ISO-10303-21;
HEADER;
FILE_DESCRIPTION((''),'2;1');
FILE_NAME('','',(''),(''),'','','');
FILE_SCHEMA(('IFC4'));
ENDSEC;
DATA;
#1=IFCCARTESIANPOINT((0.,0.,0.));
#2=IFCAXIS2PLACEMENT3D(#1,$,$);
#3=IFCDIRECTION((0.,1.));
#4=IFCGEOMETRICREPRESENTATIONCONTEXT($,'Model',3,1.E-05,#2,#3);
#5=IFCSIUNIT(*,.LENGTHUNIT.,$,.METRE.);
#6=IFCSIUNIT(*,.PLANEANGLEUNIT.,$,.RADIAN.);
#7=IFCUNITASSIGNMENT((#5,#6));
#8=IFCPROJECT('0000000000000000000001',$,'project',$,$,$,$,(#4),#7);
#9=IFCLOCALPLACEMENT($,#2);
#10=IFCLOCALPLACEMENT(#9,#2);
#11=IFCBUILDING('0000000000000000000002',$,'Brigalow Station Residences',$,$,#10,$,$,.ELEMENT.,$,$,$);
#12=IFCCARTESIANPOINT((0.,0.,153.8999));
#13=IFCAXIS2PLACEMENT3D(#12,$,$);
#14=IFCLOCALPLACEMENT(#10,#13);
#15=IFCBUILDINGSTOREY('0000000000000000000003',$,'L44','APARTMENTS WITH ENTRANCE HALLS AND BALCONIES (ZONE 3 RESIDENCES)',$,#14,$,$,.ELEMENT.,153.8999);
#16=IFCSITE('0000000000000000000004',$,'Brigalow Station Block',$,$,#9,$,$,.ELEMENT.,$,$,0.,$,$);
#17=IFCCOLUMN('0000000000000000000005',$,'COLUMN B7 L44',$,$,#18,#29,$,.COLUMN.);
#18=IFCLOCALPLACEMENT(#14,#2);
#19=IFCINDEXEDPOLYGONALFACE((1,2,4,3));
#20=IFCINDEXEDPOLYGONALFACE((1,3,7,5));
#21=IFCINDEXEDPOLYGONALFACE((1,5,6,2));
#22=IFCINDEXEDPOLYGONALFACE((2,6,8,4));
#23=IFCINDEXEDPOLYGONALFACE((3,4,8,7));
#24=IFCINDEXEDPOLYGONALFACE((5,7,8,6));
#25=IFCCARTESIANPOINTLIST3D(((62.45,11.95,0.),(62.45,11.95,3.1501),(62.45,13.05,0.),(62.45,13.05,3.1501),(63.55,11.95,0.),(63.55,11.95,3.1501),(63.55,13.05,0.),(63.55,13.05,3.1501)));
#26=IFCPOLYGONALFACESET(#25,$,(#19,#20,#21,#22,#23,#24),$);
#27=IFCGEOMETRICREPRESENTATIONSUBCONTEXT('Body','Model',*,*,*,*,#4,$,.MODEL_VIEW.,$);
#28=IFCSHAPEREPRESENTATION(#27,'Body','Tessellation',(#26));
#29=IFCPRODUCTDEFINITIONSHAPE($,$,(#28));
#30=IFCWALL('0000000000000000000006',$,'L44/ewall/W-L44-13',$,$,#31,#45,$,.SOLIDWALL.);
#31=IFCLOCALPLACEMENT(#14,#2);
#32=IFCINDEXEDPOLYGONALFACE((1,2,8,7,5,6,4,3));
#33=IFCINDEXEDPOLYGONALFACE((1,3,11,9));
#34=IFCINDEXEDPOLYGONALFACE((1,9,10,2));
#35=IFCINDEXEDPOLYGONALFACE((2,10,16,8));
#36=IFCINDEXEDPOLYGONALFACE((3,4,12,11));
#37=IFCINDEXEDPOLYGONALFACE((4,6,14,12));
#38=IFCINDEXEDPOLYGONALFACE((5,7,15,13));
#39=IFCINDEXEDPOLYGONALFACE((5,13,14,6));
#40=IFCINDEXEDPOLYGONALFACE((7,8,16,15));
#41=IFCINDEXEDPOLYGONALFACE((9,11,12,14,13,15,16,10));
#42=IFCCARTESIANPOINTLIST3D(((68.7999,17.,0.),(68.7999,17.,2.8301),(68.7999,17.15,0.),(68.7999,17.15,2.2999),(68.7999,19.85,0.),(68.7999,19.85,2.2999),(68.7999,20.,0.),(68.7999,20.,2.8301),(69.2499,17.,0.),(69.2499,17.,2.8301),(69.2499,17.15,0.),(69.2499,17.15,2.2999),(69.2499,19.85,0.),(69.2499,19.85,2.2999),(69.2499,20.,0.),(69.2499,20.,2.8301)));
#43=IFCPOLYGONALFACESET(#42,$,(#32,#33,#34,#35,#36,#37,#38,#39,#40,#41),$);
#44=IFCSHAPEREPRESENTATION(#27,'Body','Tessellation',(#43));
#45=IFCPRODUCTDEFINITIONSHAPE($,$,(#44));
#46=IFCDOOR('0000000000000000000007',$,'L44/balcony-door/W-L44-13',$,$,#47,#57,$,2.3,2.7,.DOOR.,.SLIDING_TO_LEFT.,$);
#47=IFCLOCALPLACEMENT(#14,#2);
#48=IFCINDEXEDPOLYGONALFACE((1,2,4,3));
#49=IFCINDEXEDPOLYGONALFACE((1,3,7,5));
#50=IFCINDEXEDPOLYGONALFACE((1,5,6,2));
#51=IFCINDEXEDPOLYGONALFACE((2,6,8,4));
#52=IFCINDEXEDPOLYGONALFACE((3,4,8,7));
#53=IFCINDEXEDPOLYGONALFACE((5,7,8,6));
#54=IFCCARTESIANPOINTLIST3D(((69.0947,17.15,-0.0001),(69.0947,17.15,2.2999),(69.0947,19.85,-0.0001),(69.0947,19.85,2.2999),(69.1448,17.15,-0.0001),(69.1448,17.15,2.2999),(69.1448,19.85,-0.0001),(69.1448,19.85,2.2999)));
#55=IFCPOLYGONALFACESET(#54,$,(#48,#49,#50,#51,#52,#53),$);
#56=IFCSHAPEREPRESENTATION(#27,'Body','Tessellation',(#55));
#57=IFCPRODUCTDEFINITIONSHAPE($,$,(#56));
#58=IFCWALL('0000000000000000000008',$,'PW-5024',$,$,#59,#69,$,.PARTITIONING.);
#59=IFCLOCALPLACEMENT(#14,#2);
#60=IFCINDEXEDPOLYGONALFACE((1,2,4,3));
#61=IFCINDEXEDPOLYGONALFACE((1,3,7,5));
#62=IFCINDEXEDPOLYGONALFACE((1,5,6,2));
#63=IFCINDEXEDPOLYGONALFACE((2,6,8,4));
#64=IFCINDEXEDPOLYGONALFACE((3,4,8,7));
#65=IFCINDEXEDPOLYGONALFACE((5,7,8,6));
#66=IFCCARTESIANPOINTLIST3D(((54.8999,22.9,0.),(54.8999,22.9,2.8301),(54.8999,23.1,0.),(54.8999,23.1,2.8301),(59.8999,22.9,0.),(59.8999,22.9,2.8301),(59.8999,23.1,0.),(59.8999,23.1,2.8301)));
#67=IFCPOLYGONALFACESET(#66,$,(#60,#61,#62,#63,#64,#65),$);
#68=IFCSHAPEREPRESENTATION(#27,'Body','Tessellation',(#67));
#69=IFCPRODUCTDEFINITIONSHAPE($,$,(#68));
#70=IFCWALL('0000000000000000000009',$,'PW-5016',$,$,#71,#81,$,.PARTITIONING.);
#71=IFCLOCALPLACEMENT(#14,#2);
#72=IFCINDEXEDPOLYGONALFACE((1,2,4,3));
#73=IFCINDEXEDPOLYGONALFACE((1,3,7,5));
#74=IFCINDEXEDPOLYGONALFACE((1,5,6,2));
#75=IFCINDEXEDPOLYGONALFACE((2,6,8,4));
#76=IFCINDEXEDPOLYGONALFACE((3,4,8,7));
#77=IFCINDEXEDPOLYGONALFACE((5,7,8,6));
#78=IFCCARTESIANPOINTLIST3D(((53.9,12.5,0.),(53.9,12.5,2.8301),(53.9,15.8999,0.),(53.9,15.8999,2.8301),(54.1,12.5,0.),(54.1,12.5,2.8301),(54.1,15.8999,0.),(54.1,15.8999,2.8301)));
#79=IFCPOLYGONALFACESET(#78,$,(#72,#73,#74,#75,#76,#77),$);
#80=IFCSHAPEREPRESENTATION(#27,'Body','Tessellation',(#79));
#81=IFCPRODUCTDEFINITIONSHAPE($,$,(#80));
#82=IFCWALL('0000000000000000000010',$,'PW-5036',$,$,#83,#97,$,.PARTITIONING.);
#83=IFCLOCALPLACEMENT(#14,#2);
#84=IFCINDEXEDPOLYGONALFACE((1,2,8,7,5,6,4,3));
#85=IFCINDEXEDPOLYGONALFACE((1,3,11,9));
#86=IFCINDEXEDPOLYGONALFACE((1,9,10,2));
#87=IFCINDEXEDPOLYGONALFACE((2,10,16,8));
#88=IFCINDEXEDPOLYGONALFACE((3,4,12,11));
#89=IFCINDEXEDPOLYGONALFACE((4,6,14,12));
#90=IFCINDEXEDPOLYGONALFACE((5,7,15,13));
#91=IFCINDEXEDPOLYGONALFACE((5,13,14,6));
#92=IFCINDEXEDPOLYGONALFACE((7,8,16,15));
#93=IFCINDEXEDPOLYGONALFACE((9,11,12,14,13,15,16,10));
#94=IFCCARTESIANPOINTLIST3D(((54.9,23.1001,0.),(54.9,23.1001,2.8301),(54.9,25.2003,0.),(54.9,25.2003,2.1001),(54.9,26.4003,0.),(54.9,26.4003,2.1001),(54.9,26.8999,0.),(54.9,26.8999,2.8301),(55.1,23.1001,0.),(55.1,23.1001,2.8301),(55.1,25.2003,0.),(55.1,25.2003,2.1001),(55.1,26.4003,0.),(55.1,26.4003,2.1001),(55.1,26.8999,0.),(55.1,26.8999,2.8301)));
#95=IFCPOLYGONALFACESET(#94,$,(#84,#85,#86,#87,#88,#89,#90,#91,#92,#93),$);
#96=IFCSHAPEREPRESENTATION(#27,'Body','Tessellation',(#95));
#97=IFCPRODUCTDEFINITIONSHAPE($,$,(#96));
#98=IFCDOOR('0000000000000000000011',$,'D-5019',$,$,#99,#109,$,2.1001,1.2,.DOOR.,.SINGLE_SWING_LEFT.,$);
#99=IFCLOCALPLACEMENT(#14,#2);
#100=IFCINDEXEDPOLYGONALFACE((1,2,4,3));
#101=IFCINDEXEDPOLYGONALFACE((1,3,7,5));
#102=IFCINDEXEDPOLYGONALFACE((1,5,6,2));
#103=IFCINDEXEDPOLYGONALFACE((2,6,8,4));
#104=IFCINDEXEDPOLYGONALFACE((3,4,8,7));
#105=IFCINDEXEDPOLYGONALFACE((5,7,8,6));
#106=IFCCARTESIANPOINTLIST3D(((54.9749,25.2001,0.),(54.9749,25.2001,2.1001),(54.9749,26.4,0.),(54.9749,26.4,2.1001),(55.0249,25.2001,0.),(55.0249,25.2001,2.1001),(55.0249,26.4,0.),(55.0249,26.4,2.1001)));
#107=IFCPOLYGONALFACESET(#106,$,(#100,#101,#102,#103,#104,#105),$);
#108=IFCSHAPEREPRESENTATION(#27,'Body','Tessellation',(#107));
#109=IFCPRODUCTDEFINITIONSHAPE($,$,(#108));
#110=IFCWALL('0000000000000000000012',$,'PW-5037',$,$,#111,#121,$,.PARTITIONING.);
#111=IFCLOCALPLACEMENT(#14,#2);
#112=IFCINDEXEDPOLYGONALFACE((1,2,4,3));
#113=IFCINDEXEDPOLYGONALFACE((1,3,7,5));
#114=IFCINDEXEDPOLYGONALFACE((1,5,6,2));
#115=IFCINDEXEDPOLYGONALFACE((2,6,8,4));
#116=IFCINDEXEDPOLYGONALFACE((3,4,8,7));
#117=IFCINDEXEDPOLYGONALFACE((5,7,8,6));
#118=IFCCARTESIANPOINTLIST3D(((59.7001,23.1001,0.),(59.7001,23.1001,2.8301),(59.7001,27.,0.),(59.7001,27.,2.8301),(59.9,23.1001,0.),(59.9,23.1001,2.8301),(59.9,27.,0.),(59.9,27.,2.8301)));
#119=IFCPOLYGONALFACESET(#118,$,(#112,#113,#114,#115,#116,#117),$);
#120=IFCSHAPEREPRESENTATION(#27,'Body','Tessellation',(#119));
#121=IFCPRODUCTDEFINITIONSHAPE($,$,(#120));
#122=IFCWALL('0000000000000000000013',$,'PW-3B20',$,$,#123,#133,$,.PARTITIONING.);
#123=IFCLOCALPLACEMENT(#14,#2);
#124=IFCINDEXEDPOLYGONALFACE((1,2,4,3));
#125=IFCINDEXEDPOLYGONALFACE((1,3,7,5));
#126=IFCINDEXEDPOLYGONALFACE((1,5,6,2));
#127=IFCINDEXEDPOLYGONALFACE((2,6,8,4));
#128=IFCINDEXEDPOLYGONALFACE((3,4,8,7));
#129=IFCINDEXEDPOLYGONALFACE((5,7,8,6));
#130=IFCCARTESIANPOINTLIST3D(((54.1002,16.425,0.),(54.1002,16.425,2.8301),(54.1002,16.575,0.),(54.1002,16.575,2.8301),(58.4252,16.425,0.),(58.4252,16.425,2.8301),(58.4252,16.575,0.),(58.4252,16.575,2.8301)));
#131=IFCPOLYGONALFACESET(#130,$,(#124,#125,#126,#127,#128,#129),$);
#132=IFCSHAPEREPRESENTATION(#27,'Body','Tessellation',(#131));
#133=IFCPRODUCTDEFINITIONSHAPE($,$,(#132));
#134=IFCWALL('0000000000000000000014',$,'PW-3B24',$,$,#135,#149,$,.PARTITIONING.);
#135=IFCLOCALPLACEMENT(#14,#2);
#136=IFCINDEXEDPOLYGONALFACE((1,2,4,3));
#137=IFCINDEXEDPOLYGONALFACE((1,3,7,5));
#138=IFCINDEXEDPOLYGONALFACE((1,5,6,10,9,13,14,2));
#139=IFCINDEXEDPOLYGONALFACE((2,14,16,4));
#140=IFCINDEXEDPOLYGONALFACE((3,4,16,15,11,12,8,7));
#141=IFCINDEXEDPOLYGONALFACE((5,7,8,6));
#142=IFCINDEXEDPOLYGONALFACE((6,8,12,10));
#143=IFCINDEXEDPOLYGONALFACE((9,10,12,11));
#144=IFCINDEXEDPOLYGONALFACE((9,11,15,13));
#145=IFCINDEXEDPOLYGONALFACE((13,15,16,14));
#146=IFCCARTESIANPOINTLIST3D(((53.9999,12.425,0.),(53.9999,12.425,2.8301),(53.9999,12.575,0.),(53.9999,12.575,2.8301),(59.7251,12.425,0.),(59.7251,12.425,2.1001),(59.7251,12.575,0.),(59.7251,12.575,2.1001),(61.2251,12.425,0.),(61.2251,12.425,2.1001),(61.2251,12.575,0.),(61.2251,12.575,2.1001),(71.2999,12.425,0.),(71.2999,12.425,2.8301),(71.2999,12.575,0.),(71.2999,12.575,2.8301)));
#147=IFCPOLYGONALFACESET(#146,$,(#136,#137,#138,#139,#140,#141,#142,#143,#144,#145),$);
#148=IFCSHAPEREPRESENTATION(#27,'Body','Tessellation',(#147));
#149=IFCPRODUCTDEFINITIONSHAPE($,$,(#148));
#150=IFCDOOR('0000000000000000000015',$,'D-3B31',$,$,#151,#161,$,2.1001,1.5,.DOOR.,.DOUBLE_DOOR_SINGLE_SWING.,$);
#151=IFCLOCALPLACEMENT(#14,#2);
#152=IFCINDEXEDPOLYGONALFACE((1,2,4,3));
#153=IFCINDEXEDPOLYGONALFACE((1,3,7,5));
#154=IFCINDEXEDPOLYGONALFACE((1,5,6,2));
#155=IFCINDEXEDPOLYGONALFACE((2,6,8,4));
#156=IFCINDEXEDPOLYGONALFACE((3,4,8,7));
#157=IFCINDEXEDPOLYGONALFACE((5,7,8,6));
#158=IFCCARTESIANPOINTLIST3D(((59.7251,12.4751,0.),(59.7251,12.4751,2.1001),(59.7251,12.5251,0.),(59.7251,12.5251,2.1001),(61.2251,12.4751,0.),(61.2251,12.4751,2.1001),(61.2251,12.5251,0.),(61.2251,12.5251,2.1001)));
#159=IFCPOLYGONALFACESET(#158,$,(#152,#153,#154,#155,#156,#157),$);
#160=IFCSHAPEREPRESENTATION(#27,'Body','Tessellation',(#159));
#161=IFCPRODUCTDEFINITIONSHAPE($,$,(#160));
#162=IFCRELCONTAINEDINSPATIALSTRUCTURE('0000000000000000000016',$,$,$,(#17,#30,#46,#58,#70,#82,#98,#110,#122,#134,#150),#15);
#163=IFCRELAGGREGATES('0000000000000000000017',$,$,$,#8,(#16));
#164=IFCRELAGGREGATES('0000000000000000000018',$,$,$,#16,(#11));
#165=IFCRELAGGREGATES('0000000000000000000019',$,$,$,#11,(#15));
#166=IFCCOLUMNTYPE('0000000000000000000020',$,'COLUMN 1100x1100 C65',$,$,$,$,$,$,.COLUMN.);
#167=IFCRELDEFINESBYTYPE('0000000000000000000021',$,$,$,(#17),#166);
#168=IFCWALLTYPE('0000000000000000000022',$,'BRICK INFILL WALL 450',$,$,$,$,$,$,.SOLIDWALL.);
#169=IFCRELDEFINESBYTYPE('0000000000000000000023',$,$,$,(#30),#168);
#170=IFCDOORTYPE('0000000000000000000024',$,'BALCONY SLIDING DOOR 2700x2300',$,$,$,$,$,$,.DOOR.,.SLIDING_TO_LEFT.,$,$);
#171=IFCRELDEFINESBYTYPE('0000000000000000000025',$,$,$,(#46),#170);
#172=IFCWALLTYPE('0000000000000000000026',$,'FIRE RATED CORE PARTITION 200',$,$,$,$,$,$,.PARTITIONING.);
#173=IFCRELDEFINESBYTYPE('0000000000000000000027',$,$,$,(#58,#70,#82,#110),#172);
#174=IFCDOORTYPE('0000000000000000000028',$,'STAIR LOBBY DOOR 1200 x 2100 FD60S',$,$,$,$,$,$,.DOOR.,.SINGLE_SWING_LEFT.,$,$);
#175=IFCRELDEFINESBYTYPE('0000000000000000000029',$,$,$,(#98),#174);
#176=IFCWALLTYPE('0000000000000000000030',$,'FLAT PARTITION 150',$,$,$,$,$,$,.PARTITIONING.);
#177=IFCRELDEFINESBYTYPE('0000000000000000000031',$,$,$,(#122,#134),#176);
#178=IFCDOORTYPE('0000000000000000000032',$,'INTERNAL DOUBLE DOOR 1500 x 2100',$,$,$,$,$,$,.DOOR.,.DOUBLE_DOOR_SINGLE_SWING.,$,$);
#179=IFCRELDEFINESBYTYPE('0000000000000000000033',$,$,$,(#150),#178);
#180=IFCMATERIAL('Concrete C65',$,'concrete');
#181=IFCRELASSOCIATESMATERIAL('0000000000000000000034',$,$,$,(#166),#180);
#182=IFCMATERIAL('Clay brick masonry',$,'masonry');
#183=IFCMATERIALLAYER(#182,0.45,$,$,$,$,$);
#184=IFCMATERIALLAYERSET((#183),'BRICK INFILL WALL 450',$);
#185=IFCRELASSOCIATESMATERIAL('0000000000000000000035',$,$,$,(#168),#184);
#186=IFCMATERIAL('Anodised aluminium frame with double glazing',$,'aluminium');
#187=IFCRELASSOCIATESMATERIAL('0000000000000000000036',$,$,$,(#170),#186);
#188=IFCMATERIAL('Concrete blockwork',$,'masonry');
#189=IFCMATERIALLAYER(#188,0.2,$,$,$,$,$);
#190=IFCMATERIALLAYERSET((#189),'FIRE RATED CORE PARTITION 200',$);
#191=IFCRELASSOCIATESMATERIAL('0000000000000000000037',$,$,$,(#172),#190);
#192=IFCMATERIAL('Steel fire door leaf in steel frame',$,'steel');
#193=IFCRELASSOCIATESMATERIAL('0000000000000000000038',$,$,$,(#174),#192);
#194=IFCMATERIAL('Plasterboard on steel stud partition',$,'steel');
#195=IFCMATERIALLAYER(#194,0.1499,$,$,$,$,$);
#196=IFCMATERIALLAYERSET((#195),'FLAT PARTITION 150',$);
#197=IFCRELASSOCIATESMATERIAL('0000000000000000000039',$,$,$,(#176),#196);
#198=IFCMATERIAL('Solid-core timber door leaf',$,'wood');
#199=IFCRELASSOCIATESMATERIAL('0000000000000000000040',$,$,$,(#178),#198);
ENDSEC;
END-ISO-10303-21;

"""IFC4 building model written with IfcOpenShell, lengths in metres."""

from ifc_helpers import new_model, si_unit, direction, frame, frame_2d, origin, origin_2d, place, context, subcontext, project, spatial, rectangle, extrude, material, layer, layer_set, material_profile, profile_set, type_object, element, fill, save


model = new_model("IFC4")

# Units and contexts
model_context = context("Model", 3, precision=1e-05, world=origin(), true_north=direction((0.0, 1.0)))
body_context = subcontext(model_context, "Body", "Model", "MODEL_VIEW")
ifc_project = project(units=[si_unit("LENGTHUNIT", "METRE"), si_unit("PLANEANGLEUNIT", "RADIAN")], contexts=[model_context])

# Site, building, storey
site_placement = place(None, origin())
site = spatial("IfcSite", under=ifc_project, at=site_placement, Name="Brigalow Station Block", CompositionType="ELEMENT", RefElevation=0.0)
building_placement = place(site_placement, origin())
building = spatial("IfcBuilding", under=site, at=building_placement, Name="Brigalow Station Residences", CompositionType="ELEMENT")
storey_placement = place(building_placement, frame((0.0, 0.0, 153.8999)))
storey = spatial("IfcBuildingStorey", under=building, at=storey_placement, Name="L44", Description="APARTMENTS WITH ENTRANCE HALLS AND BALCONIES (ZONE 3 RESIDENCES)", CompositionType="ELEMENT", Elevation=153.8999)

# Column
ifc_material_1 = material(Name="Concrete C65", Category="concrete")
ifc_material_profile = material_profile(ifc_material_1, rectangle(XDim=1.1001, YDim=1.1001, at=origin_2d()), Name="RC1100x1100")
ifc_profile_set = profile_set([ifc_material_profile], Name="Concrete C65")
column_type = type_object("IfcColumnType", Name="COLUMN 1100x1100 C65", PredefinedType="COLUMN", material=ifc_profile_set)
column_placement = place(storey_placement, frame((63.0, 12.5, 0.0), z_axis=(0.0, 0.0, 1.0), x_axis=(1.0, 0.0, 0.0)))
element("IfcColumn", 1, at=column_placement, inside=storey, type_object=column_type, Name="COLUMN B7 L44", PredefinedType="COLUMN", context=body_context, shape_type="SweptSolid", body=[
    extrude(rectangle(XDim=1.1001, YDim=1.1001, at=origin_2d()), origin(), (0.0, 0.0, 1.0), 3.1501),
])

# Wall, opening, door
ifc_material_2 = material(Name="Clay brick masonry", Category="masonry")
ifc_layer_1 = layer(ifc_material_2, 0.45)
ifc_layer_set_1 = layer_set([ifc_layer_1], Name="BRICK INFILL WALL 450")
wall_type_1 = type_object("IfcWallType", Name="BRICK INFILL WALL 450", PredefinedType="SOLIDWALL", material=ifc_layer_set_1)
wall_1_placement = place(storey_placement, frame((69.0249, 17.0, 0.0), z_axis=(0.0, 0.0, 1.0), x_axis=(0.0, 1.0, 0.0)))
wall_1 = element("IfcWall", 2, at=wall_1_placement, inside=storey, type_object=wall_type_1, Name="L44/ewall/W-L44-13", PredefinedType="SOLIDWALL", context=body_context, shape_type="SweptSolid", body=[
    extrude(rectangle(XDim=3.0, YDim=0.45, at=frame_2d((1.5, 0.0))), origin(), (0.0, 0.0, 1.0), 2.8301),
])
opening_1_placement = place(wall_1_placement, frame((0.1499, 0.0, 0.0)))
opening_1 = element("IfcOpeningElement", 3, at=opening_1_placement, cuts=wall_1, PredefinedType="OPENING", context=body_context, shape_type="SweptSolid", body=[
    extrude(rectangle(XDim=2.7, YDim=2.3, at=frame_2d((1.3501, 1.1499))), frame((0.0, 0.2349, 0.0), z_axis=(0.0, -1.0, 0.0), x_axis=(1.0, 0.0, 0.0)), (0.0, 0.0, 1.0), 0.47),
])
ifc_material_3 = material(Name="Anodised aluminium frame with double glazing", Category="aluminium")
door_type_1 = type_object("IfcDoorType", Name="BALCONY SLIDING DOOR 2700x2300", OperationType="SLIDING_TO_LEFT", PredefinedType="DOOR", material=ifc_material_3)
door_1_placement = place(opening_1_placement, origin())
door_1 = element("IfcDoor", 4, at=door_1_placement, inside=storey, type_object=door_type_1, Name="L44/balcony-door/W-L44-13", OperationType="SLIDING_TO_LEFT", OverallHeight=2.3, OverallWidth=2.7, PredefinedType="DOOR", context=body_context, shape_type="SweptSolid", body=[
    extrude(rectangle(XDim=2.7, YDim=2.3, at=frame_2d((1.3501, 1.1499))), frame((0.0, -0.0698, 0.0), z_axis=(0.0, -1.0, 0.0), x_axis=(1.0, 0.0, 0.0)), (0.0, 0.0, 1.0), 0.05),
])
fill(opening_1, door_1)

# Walls
ifc_material_4 = material(Name="Concrete blockwork", Category="masonry")
ifc_layer_2 = layer(ifc_material_4, 0.2)
ifc_layer_set_2 = layer_set([ifc_layer_2], Name="FIRE RATED CORE PARTITION 200")
wall_type_2 = type_object("IfcWallType", Name="FIRE RATED CORE PARTITION 200", PredefinedType="PARTITIONING", material=ifc_layer_set_2)
wall_2_placement = place(storey_placement, frame((54.8999, 23.0, 0.0), z_axis=(0.0, 0.0, 1.0), x_axis=(1.0, 0.0, 0.0)))
element("IfcWall", 5, at=wall_2_placement, inside=storey, type_object=wall_type_2, Name="PW-5024", PredefinedType="PARTITIONING", context=body_context, shape_type="SweptSolid", body=[
    extrude(rectangle(XDim=5.0, YDim=0.2, at=frame_2d((2.5, 0.0))), origin(), (0.0, 0.0, 1.0), 2.8301),
])
wall_3_placement = place(storey_placement, frame((54.0, 12.5, 0.0), z_axis=(0.0, 0.0, 1.0), x_axis=(0.0, 1.0, 0.0)))
element("IfcWall", 6, at=wall_3_placement, inside=storey, type_object=wall_type_2, Name="PW-5016", PredefinedType="PARTITIONING", context=body_context, shape_type="SweptSolid", body=[
    extrude(rectangle(XDim=3.3999, YDim=0.2, at=frame_2d((1.7, 0.0))), origin(), (0.0, 0.0, 1.0), 2.8301),
])

# Wall, opening, door
wall_4_placement = place(storey_placement, frame((55.0, 23.1001, 0.0), z_axis=(0.0, 0.0, 1.0), x_axis=(0.0, 1.0, 0.0)))
wall_4 = element("IfcWall", 7, at=wall_4_placement, inside=storey, type_object=wall_type_2, Name="PW-5036", PredefinedType="PARTITIONING", context=body_context, shape_type="SweptSolid", body=[
    extrude(rectangle(XDim=3.7998, YDim=0.2, at=frame_2d((1.8999, 0.0))), origin(), (0.0, 0.0, 1.0), 2.8301),
])
opening_2_placement = place(wall_4_placement, frame((2.1001, 0.0, 0.0)))
opening_2 = element("IfcOpeningElement", 8, at=opening_2_placement, cuts=wall_4, PredefinedType="OPENING", context=body_context, shape_type="SweptSolid", body=[
    extrude(rectangle(XDim=1.2, YDim=2.1001, at=frame_2d((0.6001, 1.05))), frame((0.0, 0.1099, 0.0), z_axis=(0.0, -1.0, 0.0), x_axis=(1.0, 0.0, 0.0)), (0.0, 0.0, 1.0), 0.22),
])
ifc_material_5 = material(Name="Steel fire door leaf in steel frame", Category="steel")
door_type_2 = type_object("IfcDoorType", Name="STAIR LOBBY DOOR 1200 x 2100 FD60S", OperationType="SINGLE_SWING_LEFT", PredefinedType="DOOR", material=ifc_material_5)
door_2_placement = place(opening_2_placement, frame((1.2, 0.0, 0.0), z_axis=(0.0, 0.0, 1.0), x_axis=(-1.0, 0.0, 0.0)))
door_2 = element("IfcDoor", 9, at=door_2_placement, inside=storey, type_object=door_type_2, Name="D-5019", OperationType="SINGLE_SWING_LEFT", OverallHeight=2.1001, OverallWidth=1.2, PredefinedType="DOOR", context=body_context, shape_type="SweptSolid", body=[
    extrude(rectangle(XDim=1.2, YDim=2.1001, at=frame_2d((0.6001, 1.05))), frame((0.0, 0.0249, 0.0), z_axis=(0.0, -1.0, 0.0), x_axis=(1.0, 0.0, 0.0)), (0.0, 0.0, 1.0), 0.05),
])
fill(opening_2, door_2)

# Walls
wall_5_placement = place(storey_placement, frame((59.8, 23.1001, 0.0), z_axis=(0.0, 0.0, 1.0), x_axis=(0.0, 1.0, 0.0)))
element("IfcWall", 10, at=wall_5_placement, inside=storey, type_object=wall_type_2, Name="PW-5037", PredefinedType="PARTITIONING", context=body_context, shape_type="SweptSolid", body=[
    extrude(rectangle(XDim=3.8999, YDim=0.2, at=frame_2d((1.95, 0.0))), origin(), (0.0, 0.0, 1.0), 2.8301),
])
ifc_material_6 = material(Name="Plasterboard on steel stud partition", Category="steel")
ifc_layer_3 = layer(ifc_material_6, 0.1499)
ifc_layer_set_3 = layer_set([ifc_layer_3], Name="FLAT PARTITION 150")
wall_type_3 = type_object("IfcWallType", Name="FLAT PARTITION 150", PredefinedType="PARTITIONING", material=ifc_layer_set_3)
wall_6_placement = place(storey_placement, frame((54.1001, 16.5, 0.0), z_axis=(0.0, 0.0, 1.0), x_axis=(1.0, 0.0, 0.0)))
element("IfcWall", 11, at=wall_6_placement, inside=storey, type_object=wall_type_3, Name="PW-3B20", PredefinedType="PARTITIONING", context=body_context, shape_type="SweptSolid", body=[
    extrude(rectangle(XDim=4.325, YDim=0.1499, at=frame_2d((2.1626, 0.0))), origin(), (0.0, 0.0, 1.0), 2.8301),
])

# Wall, opening, door
wall_7_placement = place(storey_placement, frame((54.0, 12.5, 0.0), z_axis=(0.0, 0.0, 1.0), x_axis=(1.0, 0.0, 0.0)))
wall_7 = element("IfcWall", 12, at=wall_7_placement, inside=storey, type_object=wall_type_3, Name="PW-3B24", PredefinedType="PARTITIONING", context=body_context, shape_type="SweptSolid", body=[
    extrude(rectangle(XDim=17.3, YDim=0.1499, at=frame_2d((8.6499, 0.0))), origin(), (0.0, 0.0, 1.0), 2.8301),
])
opening_3_placement = place(wall_7_placement, frame((5.7251, 0.0, 0.0)))
opening_3 = element("IfcOpeningElement", 13, at=opening_3_placement, cuts=wall_7, PredefinedType="OPENING", context=body_context, shape_type="SweptSolid", body=[
    extrude(rectangle(XDim=1.5, YDim=2.1001, at=frame_2d((0.75, 1.05))), frame((0.0, 0.085, 0.0), z_axis=(0.0, -1.0, 0.0), x_axis=(1.0, 0.0, 0.0)), (0.0, 0.0, 1.0), 0.1699),
])
ifc_material_7 = material(Name="Solid-core timber door leaf", Category="wood")
door_type_3 = type_object("IfcDoorType", Name="INTERNAL DOUBLE DOOR 1500 x 2100", OperationType="DOUBLE_DOOR_SINGLE_SWING", PredefinedType="DOOR", material=ifc_material_7)
door_3_placement = place(opening_3_placement, frame((1.5, 0.0, 0.0), z_axis=(0.0, 0.0, 1.0), x_axis=(-1.0, 0.0, 0.0)))
door_3 = element("IfcDoor", 14, at=door_3_placement, inside=storey, type_object=door_type_3, Name="D-3B31", OperationType="DOUBLE_DOOR_SINGLE_SWING", OverallHeight=2.1001, OverallWidth=1.5, PredefinedType="DOOR", context=body_context, shape_type="SweptSolid", body=[
    extrude(rectangle(XDim=1.5, YDim=2.1001, at=frame_2d((0.75, 1.05))), frame((0.0, 0.0249, 0.0), z_axis=(0.0, -1.0, 0.0), x_axis=(1.0, 0.0, 0.0)), (0.0, 0.0, 1.0), 0.05),
])
fill(opening_3, door_3)

save(model, "model.ifc")
